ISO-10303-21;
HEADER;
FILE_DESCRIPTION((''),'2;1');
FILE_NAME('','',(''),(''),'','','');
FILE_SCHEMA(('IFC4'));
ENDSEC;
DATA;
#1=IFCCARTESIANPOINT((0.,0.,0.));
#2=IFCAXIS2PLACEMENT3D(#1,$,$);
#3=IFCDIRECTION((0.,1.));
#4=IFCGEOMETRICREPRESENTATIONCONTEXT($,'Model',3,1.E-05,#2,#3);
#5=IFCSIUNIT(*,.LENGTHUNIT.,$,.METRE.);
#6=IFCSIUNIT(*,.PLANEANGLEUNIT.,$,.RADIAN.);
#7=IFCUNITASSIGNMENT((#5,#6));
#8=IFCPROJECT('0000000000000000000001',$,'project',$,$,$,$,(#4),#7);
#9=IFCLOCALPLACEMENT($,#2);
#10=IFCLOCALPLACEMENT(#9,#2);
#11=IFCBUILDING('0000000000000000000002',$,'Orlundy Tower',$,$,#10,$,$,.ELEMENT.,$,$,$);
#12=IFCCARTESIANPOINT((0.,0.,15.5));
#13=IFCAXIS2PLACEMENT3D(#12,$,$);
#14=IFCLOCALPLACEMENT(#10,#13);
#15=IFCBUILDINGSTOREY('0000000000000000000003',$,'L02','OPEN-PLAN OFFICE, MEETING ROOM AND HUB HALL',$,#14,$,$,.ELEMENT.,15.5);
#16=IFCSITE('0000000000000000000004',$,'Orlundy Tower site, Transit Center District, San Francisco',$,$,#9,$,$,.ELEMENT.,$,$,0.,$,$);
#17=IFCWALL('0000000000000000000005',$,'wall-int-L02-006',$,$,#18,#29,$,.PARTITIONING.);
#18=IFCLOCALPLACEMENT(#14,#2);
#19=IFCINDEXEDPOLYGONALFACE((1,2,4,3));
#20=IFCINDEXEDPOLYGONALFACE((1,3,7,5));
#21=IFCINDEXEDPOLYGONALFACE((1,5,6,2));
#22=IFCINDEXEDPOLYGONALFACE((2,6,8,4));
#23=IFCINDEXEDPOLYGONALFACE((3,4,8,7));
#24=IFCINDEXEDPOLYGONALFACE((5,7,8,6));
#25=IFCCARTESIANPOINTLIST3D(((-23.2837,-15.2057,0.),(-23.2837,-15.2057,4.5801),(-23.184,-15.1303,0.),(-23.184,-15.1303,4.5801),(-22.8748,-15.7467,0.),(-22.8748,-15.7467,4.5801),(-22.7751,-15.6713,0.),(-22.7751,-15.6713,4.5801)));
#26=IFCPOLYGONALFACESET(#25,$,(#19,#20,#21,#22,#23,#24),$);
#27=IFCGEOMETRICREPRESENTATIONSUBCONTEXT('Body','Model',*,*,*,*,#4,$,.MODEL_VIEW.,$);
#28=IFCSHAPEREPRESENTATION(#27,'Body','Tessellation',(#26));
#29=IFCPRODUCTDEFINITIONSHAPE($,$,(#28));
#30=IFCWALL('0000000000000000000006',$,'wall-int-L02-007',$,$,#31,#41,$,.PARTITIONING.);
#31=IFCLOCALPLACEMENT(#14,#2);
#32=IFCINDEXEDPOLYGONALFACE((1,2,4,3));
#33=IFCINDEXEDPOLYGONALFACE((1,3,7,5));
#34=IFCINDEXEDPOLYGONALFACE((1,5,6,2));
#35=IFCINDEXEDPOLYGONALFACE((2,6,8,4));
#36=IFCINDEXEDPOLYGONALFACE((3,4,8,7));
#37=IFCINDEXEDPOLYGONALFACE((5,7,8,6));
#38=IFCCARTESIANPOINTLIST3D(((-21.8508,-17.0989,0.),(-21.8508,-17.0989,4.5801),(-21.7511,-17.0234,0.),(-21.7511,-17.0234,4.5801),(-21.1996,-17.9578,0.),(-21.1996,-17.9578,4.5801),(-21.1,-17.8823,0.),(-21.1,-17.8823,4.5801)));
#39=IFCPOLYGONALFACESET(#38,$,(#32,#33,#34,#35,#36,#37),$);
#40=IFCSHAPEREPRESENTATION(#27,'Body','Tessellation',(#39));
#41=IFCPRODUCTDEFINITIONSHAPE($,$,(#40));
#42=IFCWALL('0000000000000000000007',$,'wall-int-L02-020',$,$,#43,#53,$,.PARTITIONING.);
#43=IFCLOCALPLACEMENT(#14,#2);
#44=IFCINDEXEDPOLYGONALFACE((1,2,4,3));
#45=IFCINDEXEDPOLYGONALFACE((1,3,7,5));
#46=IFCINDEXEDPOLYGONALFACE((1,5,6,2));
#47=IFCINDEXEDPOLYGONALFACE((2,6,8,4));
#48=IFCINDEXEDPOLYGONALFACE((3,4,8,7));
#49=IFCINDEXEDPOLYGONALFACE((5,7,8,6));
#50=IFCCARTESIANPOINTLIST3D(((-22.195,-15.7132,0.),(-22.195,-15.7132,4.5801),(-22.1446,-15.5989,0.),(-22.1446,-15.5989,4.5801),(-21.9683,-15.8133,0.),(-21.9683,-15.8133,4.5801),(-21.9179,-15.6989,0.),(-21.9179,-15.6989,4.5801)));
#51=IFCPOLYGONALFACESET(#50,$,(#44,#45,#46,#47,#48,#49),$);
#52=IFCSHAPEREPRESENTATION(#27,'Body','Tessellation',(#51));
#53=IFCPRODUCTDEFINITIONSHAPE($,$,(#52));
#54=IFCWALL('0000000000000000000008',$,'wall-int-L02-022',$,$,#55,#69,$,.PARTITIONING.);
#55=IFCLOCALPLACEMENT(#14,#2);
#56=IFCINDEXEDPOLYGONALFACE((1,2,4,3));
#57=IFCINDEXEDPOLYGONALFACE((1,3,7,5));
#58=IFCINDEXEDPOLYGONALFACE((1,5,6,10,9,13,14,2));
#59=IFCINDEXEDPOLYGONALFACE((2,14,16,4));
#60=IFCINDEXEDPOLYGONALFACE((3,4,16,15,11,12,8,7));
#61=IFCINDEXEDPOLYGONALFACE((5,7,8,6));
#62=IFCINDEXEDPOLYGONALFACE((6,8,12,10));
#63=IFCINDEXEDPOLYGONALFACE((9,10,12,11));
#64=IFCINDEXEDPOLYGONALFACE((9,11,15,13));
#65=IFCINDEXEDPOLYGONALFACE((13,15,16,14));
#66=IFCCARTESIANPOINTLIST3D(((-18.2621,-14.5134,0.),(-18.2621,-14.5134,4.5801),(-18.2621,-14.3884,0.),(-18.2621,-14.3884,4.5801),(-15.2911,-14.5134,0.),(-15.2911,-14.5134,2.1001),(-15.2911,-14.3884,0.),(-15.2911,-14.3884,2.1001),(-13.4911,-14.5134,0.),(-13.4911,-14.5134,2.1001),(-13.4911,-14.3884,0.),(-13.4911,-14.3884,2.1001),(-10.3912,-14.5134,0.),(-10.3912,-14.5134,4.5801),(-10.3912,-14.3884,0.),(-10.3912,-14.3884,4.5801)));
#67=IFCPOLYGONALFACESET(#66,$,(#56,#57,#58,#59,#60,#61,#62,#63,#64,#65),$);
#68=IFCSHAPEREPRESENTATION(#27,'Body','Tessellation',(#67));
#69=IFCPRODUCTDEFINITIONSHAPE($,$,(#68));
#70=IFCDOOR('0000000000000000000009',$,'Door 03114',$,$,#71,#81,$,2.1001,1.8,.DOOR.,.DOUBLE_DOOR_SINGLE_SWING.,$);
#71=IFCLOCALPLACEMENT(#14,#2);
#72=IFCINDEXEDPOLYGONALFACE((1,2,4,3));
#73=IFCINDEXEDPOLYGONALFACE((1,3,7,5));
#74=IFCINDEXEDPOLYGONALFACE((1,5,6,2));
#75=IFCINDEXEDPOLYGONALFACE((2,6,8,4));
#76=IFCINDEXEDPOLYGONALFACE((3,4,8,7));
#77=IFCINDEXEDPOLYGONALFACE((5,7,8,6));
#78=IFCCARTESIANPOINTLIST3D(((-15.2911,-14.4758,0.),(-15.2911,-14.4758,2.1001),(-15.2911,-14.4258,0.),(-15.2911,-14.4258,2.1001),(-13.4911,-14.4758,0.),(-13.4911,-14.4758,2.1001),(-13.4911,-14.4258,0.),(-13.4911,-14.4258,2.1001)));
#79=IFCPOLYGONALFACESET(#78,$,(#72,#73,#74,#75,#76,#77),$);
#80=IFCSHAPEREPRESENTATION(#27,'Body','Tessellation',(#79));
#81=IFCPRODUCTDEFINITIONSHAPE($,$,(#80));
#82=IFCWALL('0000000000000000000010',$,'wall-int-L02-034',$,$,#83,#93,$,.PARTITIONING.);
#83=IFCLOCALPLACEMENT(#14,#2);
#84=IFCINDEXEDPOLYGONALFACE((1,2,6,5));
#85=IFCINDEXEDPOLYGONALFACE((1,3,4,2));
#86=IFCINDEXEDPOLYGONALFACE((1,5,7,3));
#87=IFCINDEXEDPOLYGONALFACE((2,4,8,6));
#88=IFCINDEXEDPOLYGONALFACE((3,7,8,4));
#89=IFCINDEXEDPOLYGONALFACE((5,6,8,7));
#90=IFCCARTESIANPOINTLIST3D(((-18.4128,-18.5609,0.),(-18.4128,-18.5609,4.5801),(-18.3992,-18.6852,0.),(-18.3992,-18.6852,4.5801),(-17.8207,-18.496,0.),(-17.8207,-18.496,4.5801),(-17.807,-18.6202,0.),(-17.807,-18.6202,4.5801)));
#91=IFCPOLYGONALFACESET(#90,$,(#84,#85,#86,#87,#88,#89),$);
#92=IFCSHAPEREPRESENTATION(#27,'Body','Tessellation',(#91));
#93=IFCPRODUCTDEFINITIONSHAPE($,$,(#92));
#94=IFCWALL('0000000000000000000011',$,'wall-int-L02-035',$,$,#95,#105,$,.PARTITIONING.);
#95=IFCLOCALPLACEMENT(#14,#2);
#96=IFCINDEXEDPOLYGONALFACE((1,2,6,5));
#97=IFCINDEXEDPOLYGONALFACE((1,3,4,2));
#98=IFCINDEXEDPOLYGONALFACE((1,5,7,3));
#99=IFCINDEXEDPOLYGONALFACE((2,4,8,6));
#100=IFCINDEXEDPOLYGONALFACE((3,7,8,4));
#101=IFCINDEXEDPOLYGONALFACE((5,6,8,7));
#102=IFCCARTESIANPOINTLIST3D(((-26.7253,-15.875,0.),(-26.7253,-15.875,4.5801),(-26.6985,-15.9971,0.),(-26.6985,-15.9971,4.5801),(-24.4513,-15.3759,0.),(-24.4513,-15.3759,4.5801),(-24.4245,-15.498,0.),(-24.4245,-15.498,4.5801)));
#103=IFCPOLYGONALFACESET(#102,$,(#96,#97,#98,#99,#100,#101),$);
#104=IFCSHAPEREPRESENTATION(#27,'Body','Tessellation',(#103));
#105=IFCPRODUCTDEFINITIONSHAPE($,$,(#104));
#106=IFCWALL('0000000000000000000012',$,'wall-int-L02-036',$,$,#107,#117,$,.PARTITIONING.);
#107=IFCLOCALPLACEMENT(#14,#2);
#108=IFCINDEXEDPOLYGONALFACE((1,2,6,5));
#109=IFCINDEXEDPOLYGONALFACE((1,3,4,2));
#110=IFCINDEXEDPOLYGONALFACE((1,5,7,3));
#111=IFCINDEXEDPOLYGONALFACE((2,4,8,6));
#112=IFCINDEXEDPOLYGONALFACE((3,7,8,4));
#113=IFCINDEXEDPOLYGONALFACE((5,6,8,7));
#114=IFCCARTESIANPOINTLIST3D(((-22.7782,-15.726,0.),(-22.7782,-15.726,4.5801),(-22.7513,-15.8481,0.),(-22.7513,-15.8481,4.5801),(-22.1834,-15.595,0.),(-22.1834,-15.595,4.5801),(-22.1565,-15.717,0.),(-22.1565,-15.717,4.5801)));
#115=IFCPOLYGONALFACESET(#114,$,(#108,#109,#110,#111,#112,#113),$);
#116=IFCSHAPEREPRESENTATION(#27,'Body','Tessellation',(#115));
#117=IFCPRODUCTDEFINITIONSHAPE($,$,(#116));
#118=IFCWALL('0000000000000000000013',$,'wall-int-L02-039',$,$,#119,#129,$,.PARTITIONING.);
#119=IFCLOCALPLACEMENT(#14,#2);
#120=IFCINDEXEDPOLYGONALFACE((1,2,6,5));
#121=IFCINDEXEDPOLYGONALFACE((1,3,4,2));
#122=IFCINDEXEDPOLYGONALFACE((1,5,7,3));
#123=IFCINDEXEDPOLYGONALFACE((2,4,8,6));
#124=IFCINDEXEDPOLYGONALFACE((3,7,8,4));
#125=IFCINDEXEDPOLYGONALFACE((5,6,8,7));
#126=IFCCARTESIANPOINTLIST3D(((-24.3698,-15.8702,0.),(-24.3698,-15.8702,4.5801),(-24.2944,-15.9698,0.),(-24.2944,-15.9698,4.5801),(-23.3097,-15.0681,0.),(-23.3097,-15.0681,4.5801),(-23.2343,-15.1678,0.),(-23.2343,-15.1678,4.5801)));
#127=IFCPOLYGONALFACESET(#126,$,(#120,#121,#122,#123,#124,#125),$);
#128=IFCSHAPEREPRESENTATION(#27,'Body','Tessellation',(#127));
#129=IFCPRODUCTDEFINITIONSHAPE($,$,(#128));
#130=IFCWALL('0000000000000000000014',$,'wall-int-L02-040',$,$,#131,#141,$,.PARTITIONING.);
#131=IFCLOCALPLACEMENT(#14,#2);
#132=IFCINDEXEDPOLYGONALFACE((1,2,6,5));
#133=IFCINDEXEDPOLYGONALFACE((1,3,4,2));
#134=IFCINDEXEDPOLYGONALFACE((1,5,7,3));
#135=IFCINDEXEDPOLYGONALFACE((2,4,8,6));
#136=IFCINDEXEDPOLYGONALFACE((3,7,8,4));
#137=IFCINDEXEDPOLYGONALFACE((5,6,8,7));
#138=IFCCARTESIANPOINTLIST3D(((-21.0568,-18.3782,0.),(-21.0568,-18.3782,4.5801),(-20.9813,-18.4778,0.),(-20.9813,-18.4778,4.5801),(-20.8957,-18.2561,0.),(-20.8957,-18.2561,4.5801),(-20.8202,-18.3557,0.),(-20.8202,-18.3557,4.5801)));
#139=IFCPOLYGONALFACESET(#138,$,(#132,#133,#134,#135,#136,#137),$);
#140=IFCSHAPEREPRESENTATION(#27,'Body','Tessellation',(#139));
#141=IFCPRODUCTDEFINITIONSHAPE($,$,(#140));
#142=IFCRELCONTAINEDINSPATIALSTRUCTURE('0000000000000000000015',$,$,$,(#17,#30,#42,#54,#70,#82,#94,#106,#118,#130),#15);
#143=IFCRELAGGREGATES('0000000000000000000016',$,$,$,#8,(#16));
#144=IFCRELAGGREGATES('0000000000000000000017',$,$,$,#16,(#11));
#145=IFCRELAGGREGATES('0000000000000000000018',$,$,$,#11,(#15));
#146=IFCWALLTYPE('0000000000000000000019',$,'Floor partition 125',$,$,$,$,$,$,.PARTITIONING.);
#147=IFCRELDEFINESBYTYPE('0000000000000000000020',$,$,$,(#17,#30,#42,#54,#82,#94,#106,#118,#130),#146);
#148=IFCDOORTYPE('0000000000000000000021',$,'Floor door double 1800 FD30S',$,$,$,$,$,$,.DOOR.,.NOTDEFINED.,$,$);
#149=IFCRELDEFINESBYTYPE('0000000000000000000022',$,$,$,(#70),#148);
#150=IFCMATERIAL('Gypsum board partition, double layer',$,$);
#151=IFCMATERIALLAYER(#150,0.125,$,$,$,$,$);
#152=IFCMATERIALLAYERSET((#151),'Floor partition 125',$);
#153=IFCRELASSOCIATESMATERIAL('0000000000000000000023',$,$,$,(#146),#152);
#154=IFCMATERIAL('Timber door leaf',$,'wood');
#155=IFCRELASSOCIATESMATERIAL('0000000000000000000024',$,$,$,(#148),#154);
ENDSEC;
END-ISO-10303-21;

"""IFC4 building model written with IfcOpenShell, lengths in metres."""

from ifc_helpers import new_model, si_unit, direction, frame, frame_2d, origin, place, context, subcontext, project, spatial, rectangle, extrude, material, layer, layer_set, type_object, element, fill, save


model = new_model("IFC4")

# Units and contexts
model_context = context("Model", 3, precision=1e-05, world=origin(), true_north=direction((0.0, 1.0)))
body_context = subcontext(model_context, "Body", "Model", "MODEL_VIEW")
ifc_project = project(units=[si_unit("LENGTHUNIT", "METRE"), si_unit("PLANEANGLEUNIT", "RADIAN")], contexts=[model_context])

# Site, building, storey
site_placement = place(None, origin())
site = spatial("IfcSite", under=ifc_project, at=site_placement, Name="Orlundy Tower site, Transit Center District, San Francisco", CompositionType="ELEMENT", RefElevation=0.0)
building_placement = place(site_placement, origin())
building = spatial("IfcBuilding", under=site, at=building_placement, Name="Orlundy Tower", CompositionType="ELEMENT")
storey_placement = place(building_placement, frame((0.0, 0.0, 15.5)))
storey = spatial("IfcBuildingStorey", under=building, at=storey_placement, Name="L02", Description="OPEN-PLAN OFFICE, MEETING ROOM AND HUB HALL", CompositionType="ELEMENT", Elevation=15.5)

# Walls
ifc_material_1 = material(Name="Gypsum board partition, double layer")
ifc_layer_1 = layer(ifc_material_1, 0.125)
ifc_layer_set_1 = layer_set([ifc_layer_1], Name="Floor partition 125")
wall_type_1 = type_object("IfcWallType", Name="Floor partition 125", PredefinedType="PARTITIONING", material=ifc_layer_set_1)
wall_1_placement = place(storey_placement, frame((-23.2339, -15.168, 0.0), z_axis=(0.0, 0.0, 1.0), x_axis=(0.602991, -0.797748, 0.0)))
element("IfcWall", 1, at=wall_1_placement, inside=storey, type_object=wall_type_1, Name="wall-int-L02-006", PredefinedType="PARTITIONING", context=body_context, shape_type="SweptSolid", body=[
    extrude(rectangle(XDim=0.6782, YDim=0.125, at=frame_2d((0.3391, 0.0))), origin(), (0.0, 0.0, 1.0), 4.5801),
])
wall_2_placement = place(storey_placement, frame((-21.801, -17.061, 0.0), z_axis=(0.0, 0.0, 1.0), x_axis=(0.604124, -0.796891, 0.0)))
element("IfcWall", 2, at=wall_2_placement, inside=storey, type_object=wall_type_1, Name="wall-int-L02-007", PredefinedType="PARTITIONING", context=body_context, shape_type="SweptSolid", body=[
    extrude(rectangle(XDim=1.0779, YDim=0.125, at=frame_2d((0.5391, 0.0))), origin(), (0.0, 0.0, 1.0), 4.5801),
])
wall_3_placement = place(storey_placement, frame((-22.1699, -15.656, 0.0), z_axis=(0.0, 0.0, 1.0), x_axis=(0.914864, -0.403761, 0.0)))
element("IfcWall", 3, at=wall_3_placement, inside=storey, type_object=wall_type_1, Name="wall-int-L02-020", PredefinedType="PARTITIONING", context=body_context, shape_type="SweptSolid", body=[
    extrude(rectangle(XDim=0.2478, YDim=0.125, at=frame_2d((0.124, 0.0))), origin(), (0.0, 0.0, 1.0), 4.5801),
])

# Wall, opening, door
wall_4_placement = place(storey_placement, frame((-10.3911, -14.4509, 0.0), z_axis=(0.0, 0.0, 1.0), x_axis=(-1.0, 0.0, 0.0)))
wall_4 = element("IfcWall", 4, at=wall_4_placement, inside=storey, type_object=wall_type_1, Name="wall-int-L02-022", PredefinedType="PARTITIONING", context=body_context, shape_type="SweptSolid", body=[
    extrude(rectangle(XDim=7.8708, YDim=0.125, at=frame_2d((3.9355, 0.0))), origin(), (0.0, 0.0, 1.0), 4.5801),
])
opening_1_placement = place(wall_4_placement, frame((3.1001, 0.0, 0.0)))
opening_1 = element("IfcOpeningElement", 5, at=opening_1_placement, cuts=wall_4, PredefinedType="OPENING", context=body_context, shape_type="SweptSolid", body=[
    extrude(rectangle(XDim=1.8, YDim=2.1001, at=frame_2d((0.8999, 1.05))), frame((0.0, 0.0725, 0.0), z_axis=(0.0, -1.0, 0.0), x_axis=(1.0, 0.0, 0.0)), (0.0, 0.0, 1.0), 0.145),
])
ifc_material_2 = material(Name="Timber door leaf", Category="wood")
door_type_1 = type_object("IfcDoorType", Name="Floor door double 1800 FD30S", OperationType="NOTDEFINED", PredefinedType="DOOR", material=ifc_material_2)
door_1_placement = place(opening_1_placement, origin())
door_1 = element("IfcDoor", 6, at=door_1_placement, inside=storey, type_object=door_type_1, Name="Door 03114", OperationType="DOUBLE_DOOR_SINGLE_SWING", OverallHeight=2.1001, OverallWidth=1.8, PredefinedType="DOOR", context=body_context, shape_type="SweptSolid", body=[
    extrude(rectangle(XDim=1.8, YDim=2.1001, at=frame_2d((0.8999, 1.05))), frame((0.0, 0.0249, 0.0), z_axis=(0.0, -1.0, 0.0), x_axis=(1.0, 0.0, 0.0)), (0.0, 0.0, 1.0), 0.05),
])
fill(opening_1, door_1)

# Walls
wall_5_placement = place(storey_placement, frame((-18.406, -18.623, 0.0), z_axis=(0.0, 0.0, 1.0), x_axis=(0.994038, 0.109037, 0.0)))
element("IfcWall", 7, at=wall_5_placement, inside=storey, type_object=wall_type_1, Name="wall-int-L02-034", PredefinedType="PARTITIONING", context=body_context, shape_type="SweptSolid", body=[
    extrude(rectangle(XDim=0.5957, YDim=0.125, at=frame_2d((0.2979, 0.0))), origin(), (0.0, 0.0, 1.0), 4.5801),
])
wall_6_placement = place(storey_placement, frame((-26.7119, -15.936, 0.0), z_axis=(0.0, 0.0, 1.0), x_axis=(0.976756, 0.214354, 0.0)))
element("IfcWall", 8, at=wall_6_placement, inside=storey, type_object=wall_type_1, Name="wall-int-L02-035", PredefinedType="PARTITIONING", context=body_context, shape_type="SweptSolid", body=[
    extrude(rectangle(XDim=2.3281, YDim=0.125, at=frame_2d((1.1641, 0.0))), origin(), (0.0, 0.0, 1.0), 4.5801),
])
wall_7_placement = place(storey_placement, frame((-22.7649, -15.7871, 0.0), z_axis=(0.0, 0.0, 1.0), x_axis=(0.976572, 0.21519, 0.0)))
element("IfcWall", 9, at=wall_7_placement, inside=storey, type_object=wall_type_1, Name="wall-int-L02-036", PredefinedType="PARTITIONING", context=body_context, shape_type="SweptSolid", body=[
    extrude(rectangle(XDim=0.6091, YDim=0.125, at=frame_2d((0.3047, 0.0))), origin(), (0.0, 0.0, 1.0), 4.5801),
])
wall_8_placement = place(storey_placement, frame((-24.332, -15.9199, 0.0), z_axis=(0.0, 0.0, 1.0), x_axis=(0.79748, 0.603345, 0.0)))
element("IfcWall", 10, at=wall_8_placement, inside=storey, type_object=wall_type_1, Name="wall-int-L02-039", PredefinedType="PARTITIONING", context=body_context, shape_type="SweptSolid", body=[
    extrude(rectangle(XDim=1.3293, YDim=0.125, at=frame_2d((0.6646, 0.0))), origin(), (0.0, 0.0, 1.0), 4.5801),
])
wall_9_placement = place(storey_placement, frame((-21.019, -18.428, 0.0), z_axis=(0.0, 0.0, 1.0), x_axis=(0.797092, 0.603858, 0.0)))
element("IfcWall", 11, at=wall_9_placement, inside=storey, type_object=wall_type_1, Name="wall-int-L02-040", PredefinedType="PARTITIONING", context=body_context, shape_type="SweptSolid", body=[
    extrude(rectangle(XDim=0.2021, YDim=0.125, at=frame_2d((0.1011, 0.0))), origin(), (0.0, 0.0, 1.0), 4.5801),
])

save(model, "model.ifc")
